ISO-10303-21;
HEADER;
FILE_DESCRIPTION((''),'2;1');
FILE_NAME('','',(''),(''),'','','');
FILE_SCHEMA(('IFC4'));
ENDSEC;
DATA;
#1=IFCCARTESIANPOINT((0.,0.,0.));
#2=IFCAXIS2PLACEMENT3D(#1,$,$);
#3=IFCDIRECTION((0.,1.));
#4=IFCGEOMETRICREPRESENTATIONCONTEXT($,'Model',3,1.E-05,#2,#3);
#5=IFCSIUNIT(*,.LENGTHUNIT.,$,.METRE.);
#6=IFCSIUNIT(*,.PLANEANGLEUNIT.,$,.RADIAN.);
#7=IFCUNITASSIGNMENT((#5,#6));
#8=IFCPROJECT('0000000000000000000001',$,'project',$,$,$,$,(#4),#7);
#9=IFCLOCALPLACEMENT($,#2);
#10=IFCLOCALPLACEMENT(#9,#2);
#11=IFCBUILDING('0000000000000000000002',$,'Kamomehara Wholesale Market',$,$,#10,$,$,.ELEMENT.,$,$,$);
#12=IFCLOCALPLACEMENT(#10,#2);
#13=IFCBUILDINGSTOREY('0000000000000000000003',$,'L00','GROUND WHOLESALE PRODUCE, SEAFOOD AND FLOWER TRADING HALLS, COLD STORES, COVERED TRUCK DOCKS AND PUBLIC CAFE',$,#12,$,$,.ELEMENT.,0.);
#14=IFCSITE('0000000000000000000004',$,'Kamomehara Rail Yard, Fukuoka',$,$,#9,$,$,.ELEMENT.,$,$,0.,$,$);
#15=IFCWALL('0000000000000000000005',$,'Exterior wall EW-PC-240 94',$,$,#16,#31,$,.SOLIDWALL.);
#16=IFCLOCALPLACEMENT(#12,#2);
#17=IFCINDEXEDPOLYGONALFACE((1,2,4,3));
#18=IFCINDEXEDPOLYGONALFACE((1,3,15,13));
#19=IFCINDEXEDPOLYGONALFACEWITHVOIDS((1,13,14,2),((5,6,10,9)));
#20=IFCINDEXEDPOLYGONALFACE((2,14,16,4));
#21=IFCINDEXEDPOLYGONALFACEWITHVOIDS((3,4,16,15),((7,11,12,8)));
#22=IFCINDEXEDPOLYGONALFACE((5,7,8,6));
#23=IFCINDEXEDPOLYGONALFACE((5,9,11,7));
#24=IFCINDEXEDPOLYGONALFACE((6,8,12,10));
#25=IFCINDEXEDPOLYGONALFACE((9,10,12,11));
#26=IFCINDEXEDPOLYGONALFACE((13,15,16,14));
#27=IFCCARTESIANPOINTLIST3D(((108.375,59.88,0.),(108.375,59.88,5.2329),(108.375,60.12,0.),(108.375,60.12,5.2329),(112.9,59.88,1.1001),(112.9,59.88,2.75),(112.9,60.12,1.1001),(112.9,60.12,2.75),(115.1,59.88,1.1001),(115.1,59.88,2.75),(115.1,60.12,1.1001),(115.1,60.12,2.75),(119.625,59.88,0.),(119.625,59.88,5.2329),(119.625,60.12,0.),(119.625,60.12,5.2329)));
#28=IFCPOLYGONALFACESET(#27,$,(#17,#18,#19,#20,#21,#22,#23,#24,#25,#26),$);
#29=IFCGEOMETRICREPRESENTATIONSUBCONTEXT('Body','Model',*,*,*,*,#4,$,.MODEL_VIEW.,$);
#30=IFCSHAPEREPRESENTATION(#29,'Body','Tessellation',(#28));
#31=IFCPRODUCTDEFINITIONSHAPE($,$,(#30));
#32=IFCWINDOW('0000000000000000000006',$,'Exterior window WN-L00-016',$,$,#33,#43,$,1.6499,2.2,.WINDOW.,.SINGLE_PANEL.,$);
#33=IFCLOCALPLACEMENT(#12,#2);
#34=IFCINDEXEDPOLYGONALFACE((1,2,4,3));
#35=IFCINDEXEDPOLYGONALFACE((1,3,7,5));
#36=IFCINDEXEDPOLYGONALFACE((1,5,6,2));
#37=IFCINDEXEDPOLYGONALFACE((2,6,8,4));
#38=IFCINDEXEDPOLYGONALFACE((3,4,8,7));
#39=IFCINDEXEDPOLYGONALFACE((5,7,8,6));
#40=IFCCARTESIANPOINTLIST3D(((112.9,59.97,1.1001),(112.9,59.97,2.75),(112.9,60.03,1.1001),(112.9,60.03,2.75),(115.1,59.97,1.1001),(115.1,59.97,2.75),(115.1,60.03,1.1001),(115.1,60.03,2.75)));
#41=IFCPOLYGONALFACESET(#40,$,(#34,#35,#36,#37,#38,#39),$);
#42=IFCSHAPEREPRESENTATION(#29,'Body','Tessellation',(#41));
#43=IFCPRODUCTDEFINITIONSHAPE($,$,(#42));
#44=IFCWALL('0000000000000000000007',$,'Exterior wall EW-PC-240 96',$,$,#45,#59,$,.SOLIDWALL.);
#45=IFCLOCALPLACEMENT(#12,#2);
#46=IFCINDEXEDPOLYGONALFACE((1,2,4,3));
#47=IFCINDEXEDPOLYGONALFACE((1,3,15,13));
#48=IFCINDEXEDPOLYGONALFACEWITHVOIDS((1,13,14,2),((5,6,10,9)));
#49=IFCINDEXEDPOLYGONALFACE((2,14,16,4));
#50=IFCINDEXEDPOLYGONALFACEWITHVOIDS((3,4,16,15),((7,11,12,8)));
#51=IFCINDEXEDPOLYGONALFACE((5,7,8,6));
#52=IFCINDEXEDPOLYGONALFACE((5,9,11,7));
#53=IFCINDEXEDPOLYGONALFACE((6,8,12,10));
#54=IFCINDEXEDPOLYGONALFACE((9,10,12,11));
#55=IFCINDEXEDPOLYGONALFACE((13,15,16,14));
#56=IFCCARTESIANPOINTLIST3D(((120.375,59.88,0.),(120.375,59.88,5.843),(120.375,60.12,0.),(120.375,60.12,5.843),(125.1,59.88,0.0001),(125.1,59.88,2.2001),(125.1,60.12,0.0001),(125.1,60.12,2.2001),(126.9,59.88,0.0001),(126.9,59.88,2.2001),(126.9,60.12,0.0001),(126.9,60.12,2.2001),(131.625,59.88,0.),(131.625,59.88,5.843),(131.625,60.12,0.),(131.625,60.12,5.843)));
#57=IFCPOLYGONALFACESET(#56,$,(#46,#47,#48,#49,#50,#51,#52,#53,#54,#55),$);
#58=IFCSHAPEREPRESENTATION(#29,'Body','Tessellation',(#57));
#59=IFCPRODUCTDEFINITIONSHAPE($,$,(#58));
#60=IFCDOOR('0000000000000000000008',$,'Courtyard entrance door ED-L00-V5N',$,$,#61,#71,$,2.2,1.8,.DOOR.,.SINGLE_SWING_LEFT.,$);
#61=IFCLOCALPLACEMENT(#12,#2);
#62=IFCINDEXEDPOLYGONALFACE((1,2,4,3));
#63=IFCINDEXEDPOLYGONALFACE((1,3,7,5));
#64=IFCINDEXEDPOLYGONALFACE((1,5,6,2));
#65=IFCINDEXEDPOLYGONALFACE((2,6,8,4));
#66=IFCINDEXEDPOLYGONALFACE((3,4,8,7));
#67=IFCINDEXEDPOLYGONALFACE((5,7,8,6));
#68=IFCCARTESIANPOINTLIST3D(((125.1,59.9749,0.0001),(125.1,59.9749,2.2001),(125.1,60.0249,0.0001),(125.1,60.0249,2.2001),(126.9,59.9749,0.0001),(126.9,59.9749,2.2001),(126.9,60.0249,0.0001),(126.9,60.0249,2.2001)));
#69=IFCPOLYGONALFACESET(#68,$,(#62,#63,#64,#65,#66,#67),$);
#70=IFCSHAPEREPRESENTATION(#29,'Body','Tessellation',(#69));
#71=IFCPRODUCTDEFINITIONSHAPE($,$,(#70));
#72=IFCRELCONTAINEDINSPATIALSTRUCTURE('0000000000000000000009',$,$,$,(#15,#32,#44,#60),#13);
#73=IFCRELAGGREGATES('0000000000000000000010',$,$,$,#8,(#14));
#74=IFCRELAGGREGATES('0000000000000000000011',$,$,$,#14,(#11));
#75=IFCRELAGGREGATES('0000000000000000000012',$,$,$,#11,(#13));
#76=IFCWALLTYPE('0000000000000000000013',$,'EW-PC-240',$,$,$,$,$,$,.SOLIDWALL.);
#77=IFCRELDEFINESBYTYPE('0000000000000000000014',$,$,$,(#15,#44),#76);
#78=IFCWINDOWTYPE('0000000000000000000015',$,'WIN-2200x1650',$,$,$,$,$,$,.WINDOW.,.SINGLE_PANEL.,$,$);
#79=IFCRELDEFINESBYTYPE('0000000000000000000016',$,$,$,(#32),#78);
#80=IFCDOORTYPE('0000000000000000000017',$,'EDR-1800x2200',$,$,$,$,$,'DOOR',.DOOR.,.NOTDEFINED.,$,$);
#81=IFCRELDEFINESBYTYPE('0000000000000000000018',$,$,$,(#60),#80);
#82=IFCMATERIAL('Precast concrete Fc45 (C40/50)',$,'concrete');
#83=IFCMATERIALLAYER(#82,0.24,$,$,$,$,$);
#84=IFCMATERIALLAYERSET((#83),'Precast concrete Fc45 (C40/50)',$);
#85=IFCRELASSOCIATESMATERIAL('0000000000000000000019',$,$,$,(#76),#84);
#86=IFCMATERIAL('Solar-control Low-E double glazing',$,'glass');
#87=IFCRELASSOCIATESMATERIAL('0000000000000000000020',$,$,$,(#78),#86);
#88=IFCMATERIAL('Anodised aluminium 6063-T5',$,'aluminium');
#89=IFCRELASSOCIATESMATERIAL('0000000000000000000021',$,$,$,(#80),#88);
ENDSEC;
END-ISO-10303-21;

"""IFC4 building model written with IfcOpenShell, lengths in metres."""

from ifc_helpers import new_model, si_unit, direction, frame, frame_2d, origin, place, context, subcontext, project, spatial, rectangle, extrude, material, layer, layer_set, type_object, element, fill, save


model = new_model("IFC4")

# Units and contexts
model_context = context("Model", 3, precision=1e-05, world=origin(), true_north=direction((0.0, 1.0)))
body_context = subcontext(model_context, "Body", "Model", "MODEL_VIEW")
ifc_project = project(units=[si_unit("LENGTHUNIT", "METRE"), si_unit("PLANEANGLEUNIT", "RADIAN")], contexts=[model_context])

# Site, building, storey
site_placement = place(None, origin())
site = spatial("IfcSite", under=ifc_project, at=site_placement, Name="Kamomehara Rail Yard, Fukuoka", CompositionType="ELEMENT", RefElevation=0.0)
building_placement = place(site_placement, origin())
building = spatial("IfcBuilding", under=site, at=building_placement, Name="Kamomehara Wholesale Market", CompositionType="ELEMENT")
storey_placement = place(building_placement, origin())
storey = spatial("IfcBuildingStorey", under=building, at=storey_placement, Name="L00", Description="GROUND WHOLESALE PRODUCE, SEAFOOD AND FLOWER TRADING HALLS, COLD STORES, COVERED TRUCK DOCKS AND PUBLIC CAFE", CompositionType="ELEMENT", Elevation=0.0)

# Wall, opening, window
ifc_material_1 = material(Name="Precast concrete Fc45 (C40/50)", Category="concrete")
ifc_layer = layer(ifc_material_1, 0.24)
ifc_layer_set = layer_set([ifc_layer], Name="Precast concrete Fc45 (C40/50)")
wall_type = type_object("IfcWallType", Name="EW-PC-240", PredefinedType="SOLIDWALL", material=ifc_layer_set)
wall_1_placement = place(storey_placement, frame((108.375, 60.0, 0.0), z_axis=(0.0, 0.0, 1.0), x_axis=(1.0, 0.0, 0.0)))
wall_1 = element("IfcWall", 1, at=wall_1_placement, inside=storey, type_object=wall_type, Name="Exterior wall EW-PC-240 94", PredefinedType="SOLIDWALL", context=body_context, shape_type="SweptSolid", body=[
    extrude(rectangle(XDim=11.25, YDim=0.24, at=frame_2d((5.625, 0.0))), origin(), (0.0, 0.0, 1.0), 5.2329),
])
opening_1_placement = place(wall_1_placement, frame((4.5249, 0.0, 1.1001)))
opening_1 = element("IfcOpeningElement", 2, at=opening_1_placement, cuts=wall_1, PredefinedType="OPENING", context=body_context, shape_type="SweptSolid", body=[
    extrude(rectangle(XDim=2.2, YDim=1.6499, at=frame_2d((1.1001, 0.825))), frame((0.0, 0.1348, 0.0), z_axis=(0.0, -1.0, 0.0), x_axis=(1.0, 0.0, 0.0)), (0.0, 0.0, 1.0), 0.2698),
])
ifc_material_2 = material(Name="Solar-control Low-E double glazing", Category="glass")
window_type = type_object("IfcWindowType", Name="WIN-2200x1650", PartitioningType="SINGLE_PANEL", PredefinedType="WINDOW", material=ifc_material_2)
window_placement = place(opening_1_placement, origin())
window = element("IfcWindow", 3, at=window_placement, inside=storey, type_object=window_type, Name="Exterior window WN-L00-016", OverallHeight=1.6499, OverallWidth=2.2, PartitioningType="SINGLE_PANEL", PredefinedType="WINDOW", context=body_context, shape_type="SweptSolid", body=[
    extrude(rectangle(XDim=2.2, YDim=1.6499, at=frame_2d((1.1001, 0.825))), frame((0.0, 0.03, 0.0), z_axis=(0.0, -1.0, 0.0), x_axis=(1.0, 0.0, 0.0)), (0.0, 0.0, 1.0), 0.0601),
])
fill(opening_1, window)

# Wall, opening, door
wall_2_placement = place(storey_placement, frame((120.375, 60.0, 0.0), z_axis=(0.0, 0.0, 1.0), x_axis=(1.0, 0.0, 0.0)))
wall_2 = element("IfcWall", 4, at=wall_2_placement, inside=storey, type_object=wall_type, Name="Exterior wall EW-PC-240 96", PredefinedType="SOLIDWALL", context=body_context, shape_type="SweptSolid", body=[
    extrude(rectangle(XDim=11.25, YDim=0.24, at=frame_2d((5.625, 0.0))), origin(), (0.0, 0.0, 1.0), 5.843),
])
opening_2_placement = place(wall_2_placement, frame((4.7251, 0.0, 0.0)))
opening_2 = element("IfcOpeningElement", 5, at=opening_2_placement, cuts=wall_2, PredefinedType="OPENING", context=body_context, shape_type="SweptSolid", body=[
    extrude(rectangle(XDim=1.8, YDim=2.2, at=frame_2d((0.8999, 1.1001))), frame((0.0, 0.1348, 0.0), z_axis=(0.0, -1.0, 0.0), x_axis=(1.0, 0.0, 0.0)), (0.0, 0.0, 1.0), 0.2698),
])
ifc_material_3 = material(Name="Anodised aluminium 6063-T5", Category="aluminium")
door_type = type_object("IfcDoorType", Name="EDR-1800x2200", ElementType="DOOR", OperationType="NOTDEFINED", PredefinedType="DOOR", material=ifc_material_3)
door_placement = place(opening_2_placement, origin())
door = element("IfcDoor", 6, at=door_placement, inside=storey, type_object=door_type, Name="Courtyard entrance door ED-L00-V5N", OperationType="SINGLE_SWING_LEFT", OverallHeight=2.2, OverallWidth=1.8, PredefinedType="DOOR", context=body_context, shape_type="SweptSolid", body=[
    extrude(rectangle(XDim=1.8, YDim=2.2, at=frame_2d((0.8999, 1.1001))), frame((0.0, 0.0249, 0.0), z_axis=(0.0, -1.0, 0.0), x_axis=(1.0, 0.0, 0.0)), (0.0, 0.0, 1.0), 0.05),
])
fill(opening_2, door)

save(model, "model.ifc")
